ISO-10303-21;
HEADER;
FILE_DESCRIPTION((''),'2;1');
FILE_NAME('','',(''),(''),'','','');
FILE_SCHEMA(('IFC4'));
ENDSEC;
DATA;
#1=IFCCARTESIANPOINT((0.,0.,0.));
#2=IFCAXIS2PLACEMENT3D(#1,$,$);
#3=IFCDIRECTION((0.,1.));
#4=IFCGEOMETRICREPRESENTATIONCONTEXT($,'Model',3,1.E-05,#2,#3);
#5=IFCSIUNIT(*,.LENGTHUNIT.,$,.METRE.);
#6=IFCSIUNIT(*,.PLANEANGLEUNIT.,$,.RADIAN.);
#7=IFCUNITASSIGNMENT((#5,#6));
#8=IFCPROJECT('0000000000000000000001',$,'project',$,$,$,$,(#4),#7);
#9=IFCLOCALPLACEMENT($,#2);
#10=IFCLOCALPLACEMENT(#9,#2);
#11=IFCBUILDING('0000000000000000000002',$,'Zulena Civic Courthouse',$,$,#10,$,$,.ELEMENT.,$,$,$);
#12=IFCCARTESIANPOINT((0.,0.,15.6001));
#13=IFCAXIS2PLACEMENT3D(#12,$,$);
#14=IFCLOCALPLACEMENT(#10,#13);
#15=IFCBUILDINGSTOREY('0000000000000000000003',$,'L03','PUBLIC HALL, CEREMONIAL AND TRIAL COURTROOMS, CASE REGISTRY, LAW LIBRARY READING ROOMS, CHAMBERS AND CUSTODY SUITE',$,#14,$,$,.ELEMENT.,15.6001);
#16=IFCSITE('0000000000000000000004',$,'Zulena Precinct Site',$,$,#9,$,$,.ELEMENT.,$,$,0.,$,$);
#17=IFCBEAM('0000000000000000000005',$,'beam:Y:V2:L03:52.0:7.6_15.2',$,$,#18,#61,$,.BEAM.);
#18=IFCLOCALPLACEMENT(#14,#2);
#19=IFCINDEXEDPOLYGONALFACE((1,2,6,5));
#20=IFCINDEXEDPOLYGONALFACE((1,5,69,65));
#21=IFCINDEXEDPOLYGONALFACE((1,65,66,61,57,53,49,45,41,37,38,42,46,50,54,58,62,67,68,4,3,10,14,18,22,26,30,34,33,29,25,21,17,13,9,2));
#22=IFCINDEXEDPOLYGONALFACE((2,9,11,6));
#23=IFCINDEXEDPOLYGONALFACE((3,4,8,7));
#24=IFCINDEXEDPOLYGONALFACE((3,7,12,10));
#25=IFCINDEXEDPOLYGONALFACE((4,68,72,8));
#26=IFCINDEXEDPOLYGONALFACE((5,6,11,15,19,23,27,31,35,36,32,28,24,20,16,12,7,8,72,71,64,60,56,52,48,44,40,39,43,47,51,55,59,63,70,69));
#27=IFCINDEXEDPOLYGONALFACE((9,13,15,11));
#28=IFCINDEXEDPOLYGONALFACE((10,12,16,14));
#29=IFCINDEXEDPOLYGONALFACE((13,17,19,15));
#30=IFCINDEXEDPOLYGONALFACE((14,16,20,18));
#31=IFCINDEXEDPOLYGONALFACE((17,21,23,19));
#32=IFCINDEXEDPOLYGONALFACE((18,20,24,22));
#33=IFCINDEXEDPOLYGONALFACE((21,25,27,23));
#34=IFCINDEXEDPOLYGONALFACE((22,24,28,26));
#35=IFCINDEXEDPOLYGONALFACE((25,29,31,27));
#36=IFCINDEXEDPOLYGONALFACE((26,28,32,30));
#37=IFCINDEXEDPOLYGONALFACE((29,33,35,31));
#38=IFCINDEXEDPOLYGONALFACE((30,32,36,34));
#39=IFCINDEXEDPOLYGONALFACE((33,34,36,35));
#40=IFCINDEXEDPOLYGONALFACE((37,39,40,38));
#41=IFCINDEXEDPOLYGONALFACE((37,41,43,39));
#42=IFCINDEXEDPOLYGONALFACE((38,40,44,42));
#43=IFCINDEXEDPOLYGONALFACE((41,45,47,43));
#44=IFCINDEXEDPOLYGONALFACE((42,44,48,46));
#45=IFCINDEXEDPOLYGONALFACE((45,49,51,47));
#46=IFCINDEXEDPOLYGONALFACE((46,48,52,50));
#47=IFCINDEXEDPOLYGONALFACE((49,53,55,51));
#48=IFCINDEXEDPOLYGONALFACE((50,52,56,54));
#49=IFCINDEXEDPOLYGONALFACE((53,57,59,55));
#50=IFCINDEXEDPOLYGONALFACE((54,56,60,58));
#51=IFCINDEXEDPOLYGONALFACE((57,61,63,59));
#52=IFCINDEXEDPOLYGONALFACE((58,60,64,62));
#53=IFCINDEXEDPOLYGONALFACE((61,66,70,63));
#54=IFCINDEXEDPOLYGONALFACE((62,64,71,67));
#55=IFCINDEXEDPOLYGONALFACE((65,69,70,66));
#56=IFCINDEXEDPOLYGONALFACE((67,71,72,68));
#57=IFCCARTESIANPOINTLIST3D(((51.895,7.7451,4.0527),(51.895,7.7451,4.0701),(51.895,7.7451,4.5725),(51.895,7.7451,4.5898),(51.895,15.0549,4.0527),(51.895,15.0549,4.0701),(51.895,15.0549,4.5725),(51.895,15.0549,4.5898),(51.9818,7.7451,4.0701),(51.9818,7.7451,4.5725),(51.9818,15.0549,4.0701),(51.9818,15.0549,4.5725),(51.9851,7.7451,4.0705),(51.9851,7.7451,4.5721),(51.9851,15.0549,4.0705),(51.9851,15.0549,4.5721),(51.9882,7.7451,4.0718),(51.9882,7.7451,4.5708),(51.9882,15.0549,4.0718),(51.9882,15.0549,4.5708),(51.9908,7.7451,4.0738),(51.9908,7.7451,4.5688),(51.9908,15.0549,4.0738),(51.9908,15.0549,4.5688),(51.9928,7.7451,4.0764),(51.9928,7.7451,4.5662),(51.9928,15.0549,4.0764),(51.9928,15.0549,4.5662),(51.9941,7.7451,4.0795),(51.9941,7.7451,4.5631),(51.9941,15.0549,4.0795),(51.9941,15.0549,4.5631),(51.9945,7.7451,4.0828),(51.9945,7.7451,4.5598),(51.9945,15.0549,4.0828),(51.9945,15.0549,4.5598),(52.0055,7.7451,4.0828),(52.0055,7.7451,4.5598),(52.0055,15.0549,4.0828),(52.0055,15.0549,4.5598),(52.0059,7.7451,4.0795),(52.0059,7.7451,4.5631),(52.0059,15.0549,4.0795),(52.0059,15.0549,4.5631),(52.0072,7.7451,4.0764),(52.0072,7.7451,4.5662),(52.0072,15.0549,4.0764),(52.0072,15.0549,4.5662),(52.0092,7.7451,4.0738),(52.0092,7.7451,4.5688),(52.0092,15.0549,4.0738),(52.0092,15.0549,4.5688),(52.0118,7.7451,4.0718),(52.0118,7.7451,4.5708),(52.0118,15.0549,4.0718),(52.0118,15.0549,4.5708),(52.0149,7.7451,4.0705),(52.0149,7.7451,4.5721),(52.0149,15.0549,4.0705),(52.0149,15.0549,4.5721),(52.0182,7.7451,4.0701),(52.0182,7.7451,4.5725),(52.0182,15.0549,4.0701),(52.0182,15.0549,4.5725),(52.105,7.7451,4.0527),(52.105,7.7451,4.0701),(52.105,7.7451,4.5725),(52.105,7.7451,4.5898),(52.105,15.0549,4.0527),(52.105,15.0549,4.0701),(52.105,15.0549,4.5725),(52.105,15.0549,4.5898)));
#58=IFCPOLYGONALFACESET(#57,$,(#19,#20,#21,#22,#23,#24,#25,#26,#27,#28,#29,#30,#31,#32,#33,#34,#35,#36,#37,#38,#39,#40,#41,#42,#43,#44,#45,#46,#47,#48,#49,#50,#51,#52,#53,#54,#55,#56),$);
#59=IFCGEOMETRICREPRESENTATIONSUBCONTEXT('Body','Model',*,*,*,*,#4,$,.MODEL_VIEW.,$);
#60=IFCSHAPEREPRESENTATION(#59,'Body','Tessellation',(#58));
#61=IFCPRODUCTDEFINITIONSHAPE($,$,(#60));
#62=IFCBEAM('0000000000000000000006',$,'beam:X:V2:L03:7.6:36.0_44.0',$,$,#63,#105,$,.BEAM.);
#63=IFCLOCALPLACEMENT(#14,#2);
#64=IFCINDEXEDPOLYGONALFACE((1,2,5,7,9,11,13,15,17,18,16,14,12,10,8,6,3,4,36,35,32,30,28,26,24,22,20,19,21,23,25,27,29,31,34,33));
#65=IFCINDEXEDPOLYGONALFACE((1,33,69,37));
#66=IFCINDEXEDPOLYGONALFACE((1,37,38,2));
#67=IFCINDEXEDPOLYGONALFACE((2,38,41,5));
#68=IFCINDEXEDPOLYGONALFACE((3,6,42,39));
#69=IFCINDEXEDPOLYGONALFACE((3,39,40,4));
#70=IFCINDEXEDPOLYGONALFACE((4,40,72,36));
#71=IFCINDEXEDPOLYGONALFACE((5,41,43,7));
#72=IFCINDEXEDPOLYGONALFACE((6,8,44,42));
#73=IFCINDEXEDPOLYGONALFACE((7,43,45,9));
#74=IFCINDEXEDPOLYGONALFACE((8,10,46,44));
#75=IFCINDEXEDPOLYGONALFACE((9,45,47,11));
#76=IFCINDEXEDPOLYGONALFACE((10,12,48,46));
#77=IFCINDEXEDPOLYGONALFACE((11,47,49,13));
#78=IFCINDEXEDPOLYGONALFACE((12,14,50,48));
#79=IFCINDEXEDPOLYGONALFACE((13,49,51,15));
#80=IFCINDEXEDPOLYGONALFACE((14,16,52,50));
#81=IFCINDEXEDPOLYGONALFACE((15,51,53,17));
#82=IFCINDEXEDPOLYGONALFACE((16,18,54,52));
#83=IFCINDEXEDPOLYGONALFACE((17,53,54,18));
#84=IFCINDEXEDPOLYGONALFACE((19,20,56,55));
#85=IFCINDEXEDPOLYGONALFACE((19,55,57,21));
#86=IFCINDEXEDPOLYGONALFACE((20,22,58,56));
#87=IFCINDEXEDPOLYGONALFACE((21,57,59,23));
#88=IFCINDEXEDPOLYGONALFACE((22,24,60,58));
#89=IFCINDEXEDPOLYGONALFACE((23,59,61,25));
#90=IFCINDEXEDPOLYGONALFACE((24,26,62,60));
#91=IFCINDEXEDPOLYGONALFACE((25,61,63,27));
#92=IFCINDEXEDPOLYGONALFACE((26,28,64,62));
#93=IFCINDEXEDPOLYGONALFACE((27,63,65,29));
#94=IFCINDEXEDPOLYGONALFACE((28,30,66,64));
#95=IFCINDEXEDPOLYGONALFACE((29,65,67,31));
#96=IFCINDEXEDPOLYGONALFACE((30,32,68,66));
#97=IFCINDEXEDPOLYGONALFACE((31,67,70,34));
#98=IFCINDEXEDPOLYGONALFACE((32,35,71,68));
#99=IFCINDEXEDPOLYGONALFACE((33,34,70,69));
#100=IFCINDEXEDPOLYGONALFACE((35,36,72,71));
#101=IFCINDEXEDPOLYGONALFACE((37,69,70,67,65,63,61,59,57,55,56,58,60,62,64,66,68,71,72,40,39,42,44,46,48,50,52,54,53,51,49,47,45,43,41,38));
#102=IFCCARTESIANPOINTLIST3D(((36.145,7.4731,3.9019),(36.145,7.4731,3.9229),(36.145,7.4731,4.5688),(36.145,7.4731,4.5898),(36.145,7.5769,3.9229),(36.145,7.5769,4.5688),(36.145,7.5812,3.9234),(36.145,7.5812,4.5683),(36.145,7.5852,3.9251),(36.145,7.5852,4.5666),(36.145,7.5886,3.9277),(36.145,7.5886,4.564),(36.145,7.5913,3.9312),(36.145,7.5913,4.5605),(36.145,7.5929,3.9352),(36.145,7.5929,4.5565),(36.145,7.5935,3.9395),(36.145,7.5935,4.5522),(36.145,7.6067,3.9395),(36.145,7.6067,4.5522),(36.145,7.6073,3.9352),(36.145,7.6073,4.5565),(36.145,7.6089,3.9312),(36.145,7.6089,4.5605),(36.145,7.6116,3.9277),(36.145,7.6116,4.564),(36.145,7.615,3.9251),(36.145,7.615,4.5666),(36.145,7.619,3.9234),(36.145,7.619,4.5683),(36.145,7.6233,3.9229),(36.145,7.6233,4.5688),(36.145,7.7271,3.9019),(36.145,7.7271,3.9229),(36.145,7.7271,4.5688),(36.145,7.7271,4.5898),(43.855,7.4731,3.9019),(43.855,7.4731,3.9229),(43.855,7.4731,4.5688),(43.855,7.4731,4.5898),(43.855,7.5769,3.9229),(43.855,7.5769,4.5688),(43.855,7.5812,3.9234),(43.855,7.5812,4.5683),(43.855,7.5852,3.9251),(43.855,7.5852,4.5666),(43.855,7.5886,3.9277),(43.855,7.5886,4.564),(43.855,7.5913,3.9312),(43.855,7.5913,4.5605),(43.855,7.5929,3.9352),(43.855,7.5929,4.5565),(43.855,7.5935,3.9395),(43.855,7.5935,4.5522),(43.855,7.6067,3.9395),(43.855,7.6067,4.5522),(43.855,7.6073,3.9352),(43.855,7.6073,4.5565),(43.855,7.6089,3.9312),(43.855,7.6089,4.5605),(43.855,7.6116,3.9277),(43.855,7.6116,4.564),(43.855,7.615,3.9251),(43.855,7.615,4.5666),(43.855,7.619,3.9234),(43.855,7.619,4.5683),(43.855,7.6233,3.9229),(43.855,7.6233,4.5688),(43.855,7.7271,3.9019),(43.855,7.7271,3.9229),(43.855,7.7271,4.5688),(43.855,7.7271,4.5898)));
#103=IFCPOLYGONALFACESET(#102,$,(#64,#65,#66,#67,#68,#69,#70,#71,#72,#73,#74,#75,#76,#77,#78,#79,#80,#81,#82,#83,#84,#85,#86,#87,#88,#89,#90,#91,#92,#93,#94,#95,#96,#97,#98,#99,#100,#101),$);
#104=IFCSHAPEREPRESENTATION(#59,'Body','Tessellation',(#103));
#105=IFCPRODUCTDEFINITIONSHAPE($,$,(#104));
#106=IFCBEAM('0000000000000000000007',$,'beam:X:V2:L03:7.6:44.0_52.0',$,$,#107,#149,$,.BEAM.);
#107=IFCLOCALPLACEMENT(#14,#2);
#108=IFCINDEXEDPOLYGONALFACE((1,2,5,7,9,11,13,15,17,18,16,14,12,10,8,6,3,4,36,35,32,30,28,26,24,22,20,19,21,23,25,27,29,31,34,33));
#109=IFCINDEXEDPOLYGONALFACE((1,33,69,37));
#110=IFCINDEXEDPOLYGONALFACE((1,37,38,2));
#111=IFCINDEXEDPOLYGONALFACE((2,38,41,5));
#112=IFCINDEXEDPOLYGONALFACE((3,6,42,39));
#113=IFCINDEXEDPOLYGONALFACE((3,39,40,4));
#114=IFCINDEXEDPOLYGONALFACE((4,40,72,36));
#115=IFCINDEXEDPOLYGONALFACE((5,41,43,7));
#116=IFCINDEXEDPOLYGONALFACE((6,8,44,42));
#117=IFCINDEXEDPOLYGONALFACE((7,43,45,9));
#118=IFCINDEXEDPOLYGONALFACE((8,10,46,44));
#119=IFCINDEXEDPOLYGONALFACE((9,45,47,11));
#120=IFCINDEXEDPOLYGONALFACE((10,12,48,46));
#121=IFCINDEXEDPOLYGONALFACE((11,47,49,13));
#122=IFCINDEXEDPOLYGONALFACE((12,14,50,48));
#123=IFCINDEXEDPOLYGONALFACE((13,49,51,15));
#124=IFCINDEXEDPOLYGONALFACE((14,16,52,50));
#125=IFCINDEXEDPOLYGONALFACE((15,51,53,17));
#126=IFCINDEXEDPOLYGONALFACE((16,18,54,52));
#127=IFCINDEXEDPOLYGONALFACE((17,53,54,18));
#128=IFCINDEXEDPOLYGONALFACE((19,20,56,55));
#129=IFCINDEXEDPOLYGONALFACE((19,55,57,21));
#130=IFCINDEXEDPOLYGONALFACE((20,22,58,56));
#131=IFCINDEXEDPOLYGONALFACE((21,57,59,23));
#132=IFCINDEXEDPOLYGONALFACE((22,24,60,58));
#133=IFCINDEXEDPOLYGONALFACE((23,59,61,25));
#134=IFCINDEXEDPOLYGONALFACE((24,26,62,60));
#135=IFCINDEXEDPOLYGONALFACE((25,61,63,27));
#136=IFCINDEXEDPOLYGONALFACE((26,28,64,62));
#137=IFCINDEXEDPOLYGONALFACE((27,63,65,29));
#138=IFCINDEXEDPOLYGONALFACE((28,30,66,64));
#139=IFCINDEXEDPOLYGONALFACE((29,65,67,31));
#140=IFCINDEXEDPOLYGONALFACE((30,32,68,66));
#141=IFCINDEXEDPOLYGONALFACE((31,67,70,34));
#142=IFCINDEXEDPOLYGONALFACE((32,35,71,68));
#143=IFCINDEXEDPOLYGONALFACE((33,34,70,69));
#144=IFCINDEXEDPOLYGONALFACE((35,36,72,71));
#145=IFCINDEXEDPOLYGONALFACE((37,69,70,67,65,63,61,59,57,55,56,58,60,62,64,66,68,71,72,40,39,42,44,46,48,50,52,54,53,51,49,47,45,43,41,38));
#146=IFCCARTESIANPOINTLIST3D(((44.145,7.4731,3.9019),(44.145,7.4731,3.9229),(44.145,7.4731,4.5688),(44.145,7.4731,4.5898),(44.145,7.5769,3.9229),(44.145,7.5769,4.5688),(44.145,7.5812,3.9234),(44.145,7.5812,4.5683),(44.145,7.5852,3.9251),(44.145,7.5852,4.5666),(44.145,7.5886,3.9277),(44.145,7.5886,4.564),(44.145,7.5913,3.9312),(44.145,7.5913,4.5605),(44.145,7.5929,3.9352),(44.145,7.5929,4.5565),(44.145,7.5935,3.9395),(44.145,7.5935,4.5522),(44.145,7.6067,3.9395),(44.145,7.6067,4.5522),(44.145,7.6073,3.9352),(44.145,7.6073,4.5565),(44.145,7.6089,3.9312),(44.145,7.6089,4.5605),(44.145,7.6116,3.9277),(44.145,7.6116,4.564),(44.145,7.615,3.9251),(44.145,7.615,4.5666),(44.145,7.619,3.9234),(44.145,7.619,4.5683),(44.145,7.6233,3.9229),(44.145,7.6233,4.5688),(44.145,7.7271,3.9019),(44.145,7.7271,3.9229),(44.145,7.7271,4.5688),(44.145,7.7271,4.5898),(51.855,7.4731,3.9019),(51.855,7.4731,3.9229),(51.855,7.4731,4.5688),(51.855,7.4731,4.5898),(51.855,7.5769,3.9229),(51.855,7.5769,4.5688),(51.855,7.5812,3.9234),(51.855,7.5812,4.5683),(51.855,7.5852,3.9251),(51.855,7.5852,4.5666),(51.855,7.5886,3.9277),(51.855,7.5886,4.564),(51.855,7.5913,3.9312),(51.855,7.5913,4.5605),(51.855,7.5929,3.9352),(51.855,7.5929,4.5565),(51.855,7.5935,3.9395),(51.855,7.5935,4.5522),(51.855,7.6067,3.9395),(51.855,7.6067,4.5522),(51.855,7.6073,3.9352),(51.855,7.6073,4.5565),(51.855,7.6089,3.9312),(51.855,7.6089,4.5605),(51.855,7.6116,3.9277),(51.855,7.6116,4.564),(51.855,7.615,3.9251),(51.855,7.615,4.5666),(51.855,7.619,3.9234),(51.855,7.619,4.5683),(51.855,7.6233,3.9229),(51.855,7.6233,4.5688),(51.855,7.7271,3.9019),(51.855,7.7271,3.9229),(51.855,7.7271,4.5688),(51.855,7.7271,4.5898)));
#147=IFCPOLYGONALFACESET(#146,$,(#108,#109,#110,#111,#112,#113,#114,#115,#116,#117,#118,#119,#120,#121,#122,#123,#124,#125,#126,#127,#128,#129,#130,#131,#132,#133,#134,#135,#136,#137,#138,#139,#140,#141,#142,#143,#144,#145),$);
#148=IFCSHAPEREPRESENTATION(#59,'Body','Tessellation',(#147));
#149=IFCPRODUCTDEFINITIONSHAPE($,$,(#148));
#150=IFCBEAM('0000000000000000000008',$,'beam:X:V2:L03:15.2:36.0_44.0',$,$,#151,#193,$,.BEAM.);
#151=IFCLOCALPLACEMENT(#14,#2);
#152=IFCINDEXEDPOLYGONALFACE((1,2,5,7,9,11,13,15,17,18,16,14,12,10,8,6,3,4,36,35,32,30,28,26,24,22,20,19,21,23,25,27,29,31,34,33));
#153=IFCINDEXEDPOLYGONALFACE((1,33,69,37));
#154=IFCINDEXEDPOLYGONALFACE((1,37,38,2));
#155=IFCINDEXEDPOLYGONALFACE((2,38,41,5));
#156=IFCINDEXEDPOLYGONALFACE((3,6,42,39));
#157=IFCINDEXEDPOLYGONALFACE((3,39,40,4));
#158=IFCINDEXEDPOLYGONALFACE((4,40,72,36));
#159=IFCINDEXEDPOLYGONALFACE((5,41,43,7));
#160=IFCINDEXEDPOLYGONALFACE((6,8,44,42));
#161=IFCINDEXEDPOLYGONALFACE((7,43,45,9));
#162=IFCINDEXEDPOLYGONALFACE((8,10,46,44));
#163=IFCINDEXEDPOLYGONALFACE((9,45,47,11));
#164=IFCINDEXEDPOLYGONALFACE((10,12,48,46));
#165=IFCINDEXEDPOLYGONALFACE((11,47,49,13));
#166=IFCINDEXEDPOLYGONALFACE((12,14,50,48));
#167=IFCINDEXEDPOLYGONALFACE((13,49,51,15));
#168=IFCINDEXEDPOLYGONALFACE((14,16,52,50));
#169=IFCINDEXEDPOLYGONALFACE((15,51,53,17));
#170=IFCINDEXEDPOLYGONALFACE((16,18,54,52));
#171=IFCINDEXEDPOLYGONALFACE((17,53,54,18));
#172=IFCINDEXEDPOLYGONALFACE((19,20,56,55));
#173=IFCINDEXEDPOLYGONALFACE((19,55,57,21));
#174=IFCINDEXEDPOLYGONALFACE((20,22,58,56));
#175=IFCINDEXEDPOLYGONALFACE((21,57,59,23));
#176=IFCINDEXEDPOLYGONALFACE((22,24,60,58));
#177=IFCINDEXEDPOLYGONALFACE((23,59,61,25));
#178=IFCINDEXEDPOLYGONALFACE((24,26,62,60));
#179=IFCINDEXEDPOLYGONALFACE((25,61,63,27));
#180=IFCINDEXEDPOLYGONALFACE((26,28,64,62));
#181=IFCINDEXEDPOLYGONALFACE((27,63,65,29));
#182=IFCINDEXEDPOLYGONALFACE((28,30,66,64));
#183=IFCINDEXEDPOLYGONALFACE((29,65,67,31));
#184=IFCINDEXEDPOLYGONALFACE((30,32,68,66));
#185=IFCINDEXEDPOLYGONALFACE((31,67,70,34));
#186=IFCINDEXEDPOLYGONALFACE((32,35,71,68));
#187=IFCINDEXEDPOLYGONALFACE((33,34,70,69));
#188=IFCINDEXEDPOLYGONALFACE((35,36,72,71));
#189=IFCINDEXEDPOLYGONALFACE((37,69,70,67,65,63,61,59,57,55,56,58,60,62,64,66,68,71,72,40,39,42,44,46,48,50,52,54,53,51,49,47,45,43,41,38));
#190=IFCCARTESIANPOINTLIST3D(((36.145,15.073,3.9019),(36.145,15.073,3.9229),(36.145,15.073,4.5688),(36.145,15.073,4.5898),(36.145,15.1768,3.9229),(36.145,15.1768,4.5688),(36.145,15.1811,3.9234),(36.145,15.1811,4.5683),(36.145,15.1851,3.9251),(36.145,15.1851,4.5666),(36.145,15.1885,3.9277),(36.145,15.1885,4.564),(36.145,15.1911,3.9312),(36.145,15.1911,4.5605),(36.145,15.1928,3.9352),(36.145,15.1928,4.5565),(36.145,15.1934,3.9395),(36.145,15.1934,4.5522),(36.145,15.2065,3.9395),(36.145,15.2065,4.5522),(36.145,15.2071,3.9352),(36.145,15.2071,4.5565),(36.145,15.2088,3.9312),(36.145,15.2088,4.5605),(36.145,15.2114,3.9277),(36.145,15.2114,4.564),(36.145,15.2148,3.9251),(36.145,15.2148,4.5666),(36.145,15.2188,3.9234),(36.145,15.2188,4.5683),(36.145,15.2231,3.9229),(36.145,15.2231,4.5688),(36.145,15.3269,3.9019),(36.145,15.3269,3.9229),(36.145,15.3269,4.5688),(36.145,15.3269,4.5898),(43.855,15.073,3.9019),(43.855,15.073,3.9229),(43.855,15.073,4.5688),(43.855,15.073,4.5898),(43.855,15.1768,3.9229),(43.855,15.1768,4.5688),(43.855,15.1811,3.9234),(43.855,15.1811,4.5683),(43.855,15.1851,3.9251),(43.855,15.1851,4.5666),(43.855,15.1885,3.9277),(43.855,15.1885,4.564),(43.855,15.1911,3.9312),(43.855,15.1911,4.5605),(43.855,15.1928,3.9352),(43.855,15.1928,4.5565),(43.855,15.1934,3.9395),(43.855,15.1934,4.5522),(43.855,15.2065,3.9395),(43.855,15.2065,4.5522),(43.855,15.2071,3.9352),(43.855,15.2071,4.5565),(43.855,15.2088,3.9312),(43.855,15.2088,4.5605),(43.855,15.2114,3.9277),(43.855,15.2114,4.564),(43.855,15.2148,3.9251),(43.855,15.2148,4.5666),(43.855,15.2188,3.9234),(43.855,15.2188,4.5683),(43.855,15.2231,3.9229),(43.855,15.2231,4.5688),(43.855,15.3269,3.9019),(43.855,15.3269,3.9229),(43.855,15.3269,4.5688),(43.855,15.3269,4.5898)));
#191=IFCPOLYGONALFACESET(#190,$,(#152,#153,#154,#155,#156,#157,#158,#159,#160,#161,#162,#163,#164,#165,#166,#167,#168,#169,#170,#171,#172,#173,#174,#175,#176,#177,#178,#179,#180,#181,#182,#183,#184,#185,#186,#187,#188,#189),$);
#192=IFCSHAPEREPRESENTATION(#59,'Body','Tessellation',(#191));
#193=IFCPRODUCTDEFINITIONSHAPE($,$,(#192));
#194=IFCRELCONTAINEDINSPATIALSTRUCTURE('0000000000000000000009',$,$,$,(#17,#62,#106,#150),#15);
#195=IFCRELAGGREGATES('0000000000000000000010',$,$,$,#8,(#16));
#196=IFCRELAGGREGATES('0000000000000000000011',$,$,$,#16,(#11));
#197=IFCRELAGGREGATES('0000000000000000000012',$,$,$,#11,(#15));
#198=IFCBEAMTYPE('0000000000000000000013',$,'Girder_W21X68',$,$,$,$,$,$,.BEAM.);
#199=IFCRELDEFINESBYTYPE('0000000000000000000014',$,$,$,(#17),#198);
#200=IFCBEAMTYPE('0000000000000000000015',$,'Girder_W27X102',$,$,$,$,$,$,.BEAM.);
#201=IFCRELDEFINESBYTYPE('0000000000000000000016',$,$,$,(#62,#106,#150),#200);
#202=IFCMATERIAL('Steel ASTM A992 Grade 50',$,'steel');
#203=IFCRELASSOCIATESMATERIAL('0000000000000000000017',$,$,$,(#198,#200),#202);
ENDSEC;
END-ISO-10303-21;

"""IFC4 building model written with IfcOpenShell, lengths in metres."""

from ifc_helpers import new_model, si_unit, direction, frame, origin, origin_2d, place, context, subcontext, project, spatial, i_section, extrude, material, material_profile, profile_set, type_object, element, save


model = new_model("IFC4")

# Units and contexts
model_context = context("Model", 3, precision=1e-05, world=origin(), true_north=direction((0.0, 1.0)))
body_context = subcontext(model_context, "Body", "Model", "MODEL_VIEW")
ifc_project = project(units=[si_unit("LENGTHUNIT", "METRE"), si_unit("PLANEANGLEUNIT", "RADIAN")], contexts=[model_context])

# Site, building, storey
site_placement = place(None, origin())
site = spatial("IfcSite", under=ifc_project, at=site_placement, Name="Zulena Precinct Site", CompositionType="ELEMENT", RefElevation=0.0)
building_placement = place(site_placement, origin())
building = spatial("IfcBuilding", under=site, at=building_placement, Name="Zulena Civic Courthouse", CompositionType="ELEMENT")
storey_placement = place(building_placement, frame((0.0, 0.0, 15.6001)))
storey = spatial("IfcBuildingStorey", under=building, at=storey_placement, Name="L03", Description="PUBLIC HALL, CEREMONIAL AND TRIAL COURTROOMS, CASE REGISTRY, LAW LIBRARY READING ROOMS, CHAMBERS AND CUSTODY SUITE", CompositionType="ELEMENT", Elevation=15.6001)

# Shared definitions
ifc_material_1 = material(Name="Steel ASTM A992 Grade 50", Category="steel")

# Beams
ifc_material_profile_1 = material_profile(ifc_material_1, i_section(OverallWidth=0.21, OverallDepth=0.5371, WebThickness=0.011, FlangeThickness=0.0173, FilletRadius=0.0127, at=origin_2d()), Name="W21X68")
ifc_profile_set_1 = profile_set([ifc_material_profile_1], Name="Steel ASTM A992 Grade 50")
beam_type_1 = type_object("IfcBeamType", Name="Girder_W21X68", PredefinedType="BEAM", material=ifc_profile_set_1)
for number, where, z_axis, x_axis, name in (
    (1, (52.0, 7.7451, 4.3213), (0.0, 1.0, 0.0), (-1.0, 0.0, 0.0), "beam:Y:V2:L03:52.0:7.6_15.2"),
):
    element("IfcBeam", number, at=place(storey_placement, frame(where, z_axis=z_axis, x_axis=x_axis)), inside=storey, type_object=beam_type_1, Name=name, PredefinedType="BEAM", context=body_context, shape_type="SweptSolid", body=[
        extrude(i_section(OverallWidth=0.21, OverallDepth=0.5371, WebThickness=0.011, FlangeThickness=0.0173, FilletRadius=0.0127, at=origin_2d()), origin(), (0.0, 0.0, 1.0), 7.3098),
    ])
ifc_material_profile_2 = material_profile(ifc_material_1, i_section(OverallWidth=0.2539, OverallDepth=0.688, WebThickness=0.0132, FlangeThickness=0.021, FilletRadius=0.0166, at=origin_2d()), Name="W27X102")
ifc_profile_set_2 = profile_set([ifc_material_profile_2], Name="Steel ASTM A992 Grade 50")
beam_type_2 = type_object("IfcBeamType", Name="Girder_W27X102", PredefinedType="BEAM", material=ifc_profile_set_2)
for number, where, z_axis, x_axis, name in (
    (2, (36.145, 7.6001, 4.2458), (1.0, 0.0, 0.0), (0.0, 1.0, 0.0), "beam:X:V2:L03:7.6:36.0_44.0"),
    (3, (44.145, 7.6001, 4.2458), (1.0, 0.0, 0.0), (0.0, 1.0, 0.0), "beam:X:V2:L03:7.6:44.0_52.0"),
    (4, (36.145, 15.2, 4.2458), (1.0, 0.0, 0.0), (0.0, 1.0, 0.0), "beam:X:V2:L03:15.2:36.0_44.0"),
):
    element("IfcBeam", number, at=place(storey_placement, frame(where, z_axis=z_axis, x_axis=x_axis)), inside=storey, type_object=beam_type_2, Name=name, PredefinedType="BEAM", context=body_context, shape_type="SweptSolid", body=[
        extrude(i_section(OverallWidth=0.2539, OverallDepth=0.688, WebThickness=0.0132, FlangeThickness=0.021, FilletRadius=0.0166, at=origin_2d()), origin(), (0.0, 0.0, 1.0), 7.71),
    ])

save(model, "model.ifc")
